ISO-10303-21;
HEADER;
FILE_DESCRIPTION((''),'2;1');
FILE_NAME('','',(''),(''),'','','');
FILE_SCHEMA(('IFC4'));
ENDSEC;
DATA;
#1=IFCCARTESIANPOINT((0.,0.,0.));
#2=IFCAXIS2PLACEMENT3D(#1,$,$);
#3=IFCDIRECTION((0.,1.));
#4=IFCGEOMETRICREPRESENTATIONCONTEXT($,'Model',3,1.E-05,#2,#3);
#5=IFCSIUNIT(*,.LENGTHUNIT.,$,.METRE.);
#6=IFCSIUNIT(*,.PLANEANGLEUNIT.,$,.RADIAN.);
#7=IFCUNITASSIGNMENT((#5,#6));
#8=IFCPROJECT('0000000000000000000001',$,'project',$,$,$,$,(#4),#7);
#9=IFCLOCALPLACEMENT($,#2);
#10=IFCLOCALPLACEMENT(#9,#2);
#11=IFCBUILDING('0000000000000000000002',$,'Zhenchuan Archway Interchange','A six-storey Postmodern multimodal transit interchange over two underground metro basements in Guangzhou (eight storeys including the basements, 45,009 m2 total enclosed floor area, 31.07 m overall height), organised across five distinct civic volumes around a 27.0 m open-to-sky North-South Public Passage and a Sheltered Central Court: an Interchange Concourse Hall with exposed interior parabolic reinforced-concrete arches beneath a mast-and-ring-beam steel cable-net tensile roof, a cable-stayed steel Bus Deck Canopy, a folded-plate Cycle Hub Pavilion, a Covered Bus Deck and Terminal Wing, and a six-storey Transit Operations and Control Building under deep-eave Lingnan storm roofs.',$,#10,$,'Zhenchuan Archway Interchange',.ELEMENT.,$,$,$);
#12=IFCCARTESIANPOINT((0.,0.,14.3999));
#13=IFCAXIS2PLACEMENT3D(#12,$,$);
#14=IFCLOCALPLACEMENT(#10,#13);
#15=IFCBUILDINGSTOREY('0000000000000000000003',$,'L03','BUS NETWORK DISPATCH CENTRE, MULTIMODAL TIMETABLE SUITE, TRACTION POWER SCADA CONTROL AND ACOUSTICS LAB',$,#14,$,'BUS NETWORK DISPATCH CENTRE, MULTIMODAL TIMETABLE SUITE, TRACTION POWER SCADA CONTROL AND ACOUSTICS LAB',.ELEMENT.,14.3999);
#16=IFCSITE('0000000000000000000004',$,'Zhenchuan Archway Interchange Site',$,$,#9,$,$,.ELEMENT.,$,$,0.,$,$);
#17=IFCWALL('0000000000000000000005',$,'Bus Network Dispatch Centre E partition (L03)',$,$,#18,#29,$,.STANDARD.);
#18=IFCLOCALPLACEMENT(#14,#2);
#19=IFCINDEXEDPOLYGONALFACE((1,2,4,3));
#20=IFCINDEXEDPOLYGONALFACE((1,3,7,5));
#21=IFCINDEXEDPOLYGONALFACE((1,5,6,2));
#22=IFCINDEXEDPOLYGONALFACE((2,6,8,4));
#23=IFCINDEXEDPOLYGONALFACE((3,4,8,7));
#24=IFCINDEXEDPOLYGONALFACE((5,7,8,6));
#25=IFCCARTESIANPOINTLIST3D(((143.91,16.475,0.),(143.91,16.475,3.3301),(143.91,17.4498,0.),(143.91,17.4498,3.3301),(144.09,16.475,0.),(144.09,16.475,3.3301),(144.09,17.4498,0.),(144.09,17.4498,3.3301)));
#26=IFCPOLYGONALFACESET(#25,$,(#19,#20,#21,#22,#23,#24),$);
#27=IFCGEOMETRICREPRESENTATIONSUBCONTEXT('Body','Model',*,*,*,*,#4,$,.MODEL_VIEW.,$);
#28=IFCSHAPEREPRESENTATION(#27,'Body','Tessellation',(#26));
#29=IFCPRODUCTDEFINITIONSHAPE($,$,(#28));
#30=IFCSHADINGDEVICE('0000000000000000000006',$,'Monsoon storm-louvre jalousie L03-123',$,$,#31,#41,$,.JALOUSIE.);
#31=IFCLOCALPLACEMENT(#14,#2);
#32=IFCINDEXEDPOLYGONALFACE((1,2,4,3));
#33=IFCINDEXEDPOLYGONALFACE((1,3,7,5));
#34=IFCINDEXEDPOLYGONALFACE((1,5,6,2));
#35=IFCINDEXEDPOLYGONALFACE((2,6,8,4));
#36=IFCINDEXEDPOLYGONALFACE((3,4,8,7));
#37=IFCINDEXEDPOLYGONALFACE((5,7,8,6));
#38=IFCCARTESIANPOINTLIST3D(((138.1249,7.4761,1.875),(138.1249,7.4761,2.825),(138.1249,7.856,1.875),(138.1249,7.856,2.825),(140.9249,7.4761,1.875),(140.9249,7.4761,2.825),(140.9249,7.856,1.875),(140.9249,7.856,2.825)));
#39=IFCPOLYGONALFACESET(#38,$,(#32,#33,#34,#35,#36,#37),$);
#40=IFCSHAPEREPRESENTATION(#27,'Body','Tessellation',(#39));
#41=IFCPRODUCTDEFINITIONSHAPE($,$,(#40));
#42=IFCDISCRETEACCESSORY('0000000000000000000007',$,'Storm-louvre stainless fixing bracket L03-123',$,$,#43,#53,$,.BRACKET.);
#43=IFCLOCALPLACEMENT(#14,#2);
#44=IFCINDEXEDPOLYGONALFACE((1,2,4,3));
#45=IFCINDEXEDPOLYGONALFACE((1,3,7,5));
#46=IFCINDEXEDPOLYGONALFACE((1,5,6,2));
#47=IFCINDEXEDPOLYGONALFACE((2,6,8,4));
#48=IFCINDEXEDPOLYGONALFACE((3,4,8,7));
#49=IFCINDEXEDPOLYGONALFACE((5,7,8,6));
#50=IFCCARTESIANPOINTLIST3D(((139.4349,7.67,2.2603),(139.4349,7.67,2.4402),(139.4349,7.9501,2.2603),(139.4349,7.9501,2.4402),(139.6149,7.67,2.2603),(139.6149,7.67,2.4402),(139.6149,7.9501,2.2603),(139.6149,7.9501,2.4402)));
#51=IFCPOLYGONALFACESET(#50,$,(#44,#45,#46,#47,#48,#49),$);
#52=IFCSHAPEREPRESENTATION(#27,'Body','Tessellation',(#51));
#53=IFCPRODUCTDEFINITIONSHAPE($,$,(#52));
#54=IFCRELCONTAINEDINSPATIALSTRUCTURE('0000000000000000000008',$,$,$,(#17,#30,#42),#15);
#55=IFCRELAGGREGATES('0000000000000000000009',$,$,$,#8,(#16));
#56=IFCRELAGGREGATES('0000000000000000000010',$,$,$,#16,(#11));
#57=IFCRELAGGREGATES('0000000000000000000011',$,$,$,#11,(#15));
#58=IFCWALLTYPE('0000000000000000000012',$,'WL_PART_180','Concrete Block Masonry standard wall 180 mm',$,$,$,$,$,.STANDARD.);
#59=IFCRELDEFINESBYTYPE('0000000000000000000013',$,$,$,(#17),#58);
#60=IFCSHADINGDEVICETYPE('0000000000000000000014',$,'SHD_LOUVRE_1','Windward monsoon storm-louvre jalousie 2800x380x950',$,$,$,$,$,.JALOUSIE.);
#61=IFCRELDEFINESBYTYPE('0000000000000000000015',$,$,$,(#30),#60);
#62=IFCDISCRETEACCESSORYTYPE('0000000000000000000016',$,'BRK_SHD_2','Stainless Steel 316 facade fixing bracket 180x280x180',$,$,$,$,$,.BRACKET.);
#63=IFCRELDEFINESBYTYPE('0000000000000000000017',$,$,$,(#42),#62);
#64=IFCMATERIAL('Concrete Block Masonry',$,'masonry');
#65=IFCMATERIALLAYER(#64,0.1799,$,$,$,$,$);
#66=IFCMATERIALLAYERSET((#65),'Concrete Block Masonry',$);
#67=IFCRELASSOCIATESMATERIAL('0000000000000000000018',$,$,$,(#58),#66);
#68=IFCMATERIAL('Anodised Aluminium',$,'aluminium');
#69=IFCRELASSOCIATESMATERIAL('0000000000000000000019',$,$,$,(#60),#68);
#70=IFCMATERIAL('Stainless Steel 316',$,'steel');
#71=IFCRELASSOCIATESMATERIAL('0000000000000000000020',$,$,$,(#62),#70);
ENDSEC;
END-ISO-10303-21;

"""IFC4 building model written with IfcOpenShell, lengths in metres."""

from ifc_helpers import new_model, si_unit, direction, frame, frame_2d, origin, origin_2d, place, context, subcontext, project, spatial, rectangle, extrude, material, layer, layer_set, type_object, element, save


model = new_model("IFC4")

# Units and contexts
model_context = context("Model", 3, precision=1e-05, world=origin(), true_north=direction((0.0, 1.0)))
body_context = subcontext(model_context, "Body", "Model", "MODEL_VIEW")
ifc_project = project(units=[si_unit("LENGTHUNIT", "METRE"), si_unit("PLANEANGLEUNIT", "RADIAN")], contexts=[model_context])

# Site, building, storey
site_placement = place(None, origin())
site = spatial("IfcSite", under=ifc_project, at=site_placement, Name="Zhenchuan Archway Interchange Site", CompositionType="ELEMENT", RefElevation=0.0)
building_placement = place(site_placement, origin())
building = spatial("IfcBuilding", under=site, at=building_placement, Name="Zhenchuan Archway Interchange", Description="A six-storey Postmodern multimodal transit interchange over two underground metro basements in Guangzhou (eight storeys including the basements, 45,009 m2 total enclosed floor area, 31.07 m overall height), organised across five distinct civic volumes around a 27.0 m open-to-sky North-South Public Passage and a Sheltered Central Court: an Interchange Concourse Hall with exposed interior parabolic reinforced-concrete arches beneath a mast-and-ring-beam steel cable-net tensile roof, a cable-stayed steel Bus Deck Canopy, a folded-plate Cycle Hub Pavilion, a Covered Bus Deck and Terminal Wing, and a six-storey Transit Operations and Control Building under deep-eave Lingnan storm roofs.", LongName="Zhenchuan Archway Interchange", CompositionType="ELEMENT")
storey_placement = place(building_placement, frame((0.0, 0.0, 14.3999)))
storey = spatial("IfcBuildingStorey", under=building, at=storey_placement, Name="L03", Description="BUS NETWORK DISPATCH CENTRE, MULTIMODAL TIMETABLE SUITE, TRACTION POWER SCADA CONTROL AND ACOUSTICS LAB", LongName="BUS NETWORK DISPATCH CENTRE, MULTIMODAL TIMETABLE SUITE, TRACTION POWER SCADA CONTROL AND ACOUSTICS LAB", CompositionType="ELEMENT", Elevation=14.3999)

# Shared definitions
ifc_material_1 = material(Name="Anodised Aluminium", Category="aluminium")

# Wall
ifc_material_2 = material(Name="Concrete Block Masonry", Category="masonry")
ifc_layer_1 = layer(ifc_material_2, 0.1799)
ifc_layer_set_1 = layer_set([ifc_layer_1], Name="Concrete Block Masonry")
wall_type_1 = type_object("IfcWallType", Name="WL_PART_180", Description="Concrete Block Masonry standard wall 180 mm", PredefinedType="STANDARD", material=ifc_layer_set_1)
wall_1_placement = place(storey_placement, frame((144.0, 16.4751, 0.0), z_axis=(0.0, 0.0, 1.0), x_axis=(0.0, 1.0, 0.0)))
element("IfcWall", 1, at=wall_1_placement, inside=storey, type_object=wall_type_1, Name="Bus Network Dispatch Centre E partition (L03)", PredefinedType="STANDARD", context=body_context, shape_type="SweptSolid", body=[
    extrude(rectangle(XDim=0.9749, YDim=0.1799, at=frame_2d((0.4873, 0.0))), origin(), (0.0, 0.0, 1.0), 3.3301),
])

# Shading device
shading_device_type = type_object("IfcShadingDeviceType", Name="SHD_LOUVRE_1", Description="Windward monsoon storm-louvre jalousie 2800x380x950", PredefinedType="JALOUSIE", material=ifc_material_1)
shading_device_placement = place(storey_placement, frame((139.5249, 7.666, 1.875), z_axis=(0.0, 0.0, 1.0), x_axis=(-1.0, 0.0, 0.0)))
element("IfcShadingDevice", 2, at=shading_device_placement, inside=storey, type_object=shading_device_type, Name="Monsoon storm-louvre jalousie L03-123", PredefinedType="JALOUSIE", context=body_context, shape_type="SweptSolid", body=[
    extrude(rectangle(XDim=2.8, YDim=0.3799, at=origin_2d()), origin(), (0.0, 0.0, 1.0), 0.95),
])

# Discrete accessory
ifc_material_3 = material(Name="Stainless Steel 316", Category="steel")
discrete_accessory_type = type_object("IfcDiscreteAccessoryType", Name="BRK_SHD_2", Description="Stainless Steel 316 facade fixing bracket 180x280x180", PredefinedType="BRACKET", material=ifc_material_3)
discrete_accessory_placement = place(storey_placement, frame((139.5249, 7.8101, 2.2603), z_axis=(0.0, 0.0, 1.0), x_axis=(-1.0, 0.0, 0.0)))
element("IfcDiscreteAccessory", 3, at=discrete_accessory_placement, inside=storey, type_object=discrete_accessory_type, Name="Storm-louvre stainless fixing bracket L03-123", PredefinedType="BRACKET", context=body_context, shape_type="SweptSolid", body=[
    extrude(rectangle(XDim=0.1799, YDim=0.28, at=origin_2d()), origin(), (0.0, 0.0, 1.0), 0.1799),
])

save(model, "model.ifc")
